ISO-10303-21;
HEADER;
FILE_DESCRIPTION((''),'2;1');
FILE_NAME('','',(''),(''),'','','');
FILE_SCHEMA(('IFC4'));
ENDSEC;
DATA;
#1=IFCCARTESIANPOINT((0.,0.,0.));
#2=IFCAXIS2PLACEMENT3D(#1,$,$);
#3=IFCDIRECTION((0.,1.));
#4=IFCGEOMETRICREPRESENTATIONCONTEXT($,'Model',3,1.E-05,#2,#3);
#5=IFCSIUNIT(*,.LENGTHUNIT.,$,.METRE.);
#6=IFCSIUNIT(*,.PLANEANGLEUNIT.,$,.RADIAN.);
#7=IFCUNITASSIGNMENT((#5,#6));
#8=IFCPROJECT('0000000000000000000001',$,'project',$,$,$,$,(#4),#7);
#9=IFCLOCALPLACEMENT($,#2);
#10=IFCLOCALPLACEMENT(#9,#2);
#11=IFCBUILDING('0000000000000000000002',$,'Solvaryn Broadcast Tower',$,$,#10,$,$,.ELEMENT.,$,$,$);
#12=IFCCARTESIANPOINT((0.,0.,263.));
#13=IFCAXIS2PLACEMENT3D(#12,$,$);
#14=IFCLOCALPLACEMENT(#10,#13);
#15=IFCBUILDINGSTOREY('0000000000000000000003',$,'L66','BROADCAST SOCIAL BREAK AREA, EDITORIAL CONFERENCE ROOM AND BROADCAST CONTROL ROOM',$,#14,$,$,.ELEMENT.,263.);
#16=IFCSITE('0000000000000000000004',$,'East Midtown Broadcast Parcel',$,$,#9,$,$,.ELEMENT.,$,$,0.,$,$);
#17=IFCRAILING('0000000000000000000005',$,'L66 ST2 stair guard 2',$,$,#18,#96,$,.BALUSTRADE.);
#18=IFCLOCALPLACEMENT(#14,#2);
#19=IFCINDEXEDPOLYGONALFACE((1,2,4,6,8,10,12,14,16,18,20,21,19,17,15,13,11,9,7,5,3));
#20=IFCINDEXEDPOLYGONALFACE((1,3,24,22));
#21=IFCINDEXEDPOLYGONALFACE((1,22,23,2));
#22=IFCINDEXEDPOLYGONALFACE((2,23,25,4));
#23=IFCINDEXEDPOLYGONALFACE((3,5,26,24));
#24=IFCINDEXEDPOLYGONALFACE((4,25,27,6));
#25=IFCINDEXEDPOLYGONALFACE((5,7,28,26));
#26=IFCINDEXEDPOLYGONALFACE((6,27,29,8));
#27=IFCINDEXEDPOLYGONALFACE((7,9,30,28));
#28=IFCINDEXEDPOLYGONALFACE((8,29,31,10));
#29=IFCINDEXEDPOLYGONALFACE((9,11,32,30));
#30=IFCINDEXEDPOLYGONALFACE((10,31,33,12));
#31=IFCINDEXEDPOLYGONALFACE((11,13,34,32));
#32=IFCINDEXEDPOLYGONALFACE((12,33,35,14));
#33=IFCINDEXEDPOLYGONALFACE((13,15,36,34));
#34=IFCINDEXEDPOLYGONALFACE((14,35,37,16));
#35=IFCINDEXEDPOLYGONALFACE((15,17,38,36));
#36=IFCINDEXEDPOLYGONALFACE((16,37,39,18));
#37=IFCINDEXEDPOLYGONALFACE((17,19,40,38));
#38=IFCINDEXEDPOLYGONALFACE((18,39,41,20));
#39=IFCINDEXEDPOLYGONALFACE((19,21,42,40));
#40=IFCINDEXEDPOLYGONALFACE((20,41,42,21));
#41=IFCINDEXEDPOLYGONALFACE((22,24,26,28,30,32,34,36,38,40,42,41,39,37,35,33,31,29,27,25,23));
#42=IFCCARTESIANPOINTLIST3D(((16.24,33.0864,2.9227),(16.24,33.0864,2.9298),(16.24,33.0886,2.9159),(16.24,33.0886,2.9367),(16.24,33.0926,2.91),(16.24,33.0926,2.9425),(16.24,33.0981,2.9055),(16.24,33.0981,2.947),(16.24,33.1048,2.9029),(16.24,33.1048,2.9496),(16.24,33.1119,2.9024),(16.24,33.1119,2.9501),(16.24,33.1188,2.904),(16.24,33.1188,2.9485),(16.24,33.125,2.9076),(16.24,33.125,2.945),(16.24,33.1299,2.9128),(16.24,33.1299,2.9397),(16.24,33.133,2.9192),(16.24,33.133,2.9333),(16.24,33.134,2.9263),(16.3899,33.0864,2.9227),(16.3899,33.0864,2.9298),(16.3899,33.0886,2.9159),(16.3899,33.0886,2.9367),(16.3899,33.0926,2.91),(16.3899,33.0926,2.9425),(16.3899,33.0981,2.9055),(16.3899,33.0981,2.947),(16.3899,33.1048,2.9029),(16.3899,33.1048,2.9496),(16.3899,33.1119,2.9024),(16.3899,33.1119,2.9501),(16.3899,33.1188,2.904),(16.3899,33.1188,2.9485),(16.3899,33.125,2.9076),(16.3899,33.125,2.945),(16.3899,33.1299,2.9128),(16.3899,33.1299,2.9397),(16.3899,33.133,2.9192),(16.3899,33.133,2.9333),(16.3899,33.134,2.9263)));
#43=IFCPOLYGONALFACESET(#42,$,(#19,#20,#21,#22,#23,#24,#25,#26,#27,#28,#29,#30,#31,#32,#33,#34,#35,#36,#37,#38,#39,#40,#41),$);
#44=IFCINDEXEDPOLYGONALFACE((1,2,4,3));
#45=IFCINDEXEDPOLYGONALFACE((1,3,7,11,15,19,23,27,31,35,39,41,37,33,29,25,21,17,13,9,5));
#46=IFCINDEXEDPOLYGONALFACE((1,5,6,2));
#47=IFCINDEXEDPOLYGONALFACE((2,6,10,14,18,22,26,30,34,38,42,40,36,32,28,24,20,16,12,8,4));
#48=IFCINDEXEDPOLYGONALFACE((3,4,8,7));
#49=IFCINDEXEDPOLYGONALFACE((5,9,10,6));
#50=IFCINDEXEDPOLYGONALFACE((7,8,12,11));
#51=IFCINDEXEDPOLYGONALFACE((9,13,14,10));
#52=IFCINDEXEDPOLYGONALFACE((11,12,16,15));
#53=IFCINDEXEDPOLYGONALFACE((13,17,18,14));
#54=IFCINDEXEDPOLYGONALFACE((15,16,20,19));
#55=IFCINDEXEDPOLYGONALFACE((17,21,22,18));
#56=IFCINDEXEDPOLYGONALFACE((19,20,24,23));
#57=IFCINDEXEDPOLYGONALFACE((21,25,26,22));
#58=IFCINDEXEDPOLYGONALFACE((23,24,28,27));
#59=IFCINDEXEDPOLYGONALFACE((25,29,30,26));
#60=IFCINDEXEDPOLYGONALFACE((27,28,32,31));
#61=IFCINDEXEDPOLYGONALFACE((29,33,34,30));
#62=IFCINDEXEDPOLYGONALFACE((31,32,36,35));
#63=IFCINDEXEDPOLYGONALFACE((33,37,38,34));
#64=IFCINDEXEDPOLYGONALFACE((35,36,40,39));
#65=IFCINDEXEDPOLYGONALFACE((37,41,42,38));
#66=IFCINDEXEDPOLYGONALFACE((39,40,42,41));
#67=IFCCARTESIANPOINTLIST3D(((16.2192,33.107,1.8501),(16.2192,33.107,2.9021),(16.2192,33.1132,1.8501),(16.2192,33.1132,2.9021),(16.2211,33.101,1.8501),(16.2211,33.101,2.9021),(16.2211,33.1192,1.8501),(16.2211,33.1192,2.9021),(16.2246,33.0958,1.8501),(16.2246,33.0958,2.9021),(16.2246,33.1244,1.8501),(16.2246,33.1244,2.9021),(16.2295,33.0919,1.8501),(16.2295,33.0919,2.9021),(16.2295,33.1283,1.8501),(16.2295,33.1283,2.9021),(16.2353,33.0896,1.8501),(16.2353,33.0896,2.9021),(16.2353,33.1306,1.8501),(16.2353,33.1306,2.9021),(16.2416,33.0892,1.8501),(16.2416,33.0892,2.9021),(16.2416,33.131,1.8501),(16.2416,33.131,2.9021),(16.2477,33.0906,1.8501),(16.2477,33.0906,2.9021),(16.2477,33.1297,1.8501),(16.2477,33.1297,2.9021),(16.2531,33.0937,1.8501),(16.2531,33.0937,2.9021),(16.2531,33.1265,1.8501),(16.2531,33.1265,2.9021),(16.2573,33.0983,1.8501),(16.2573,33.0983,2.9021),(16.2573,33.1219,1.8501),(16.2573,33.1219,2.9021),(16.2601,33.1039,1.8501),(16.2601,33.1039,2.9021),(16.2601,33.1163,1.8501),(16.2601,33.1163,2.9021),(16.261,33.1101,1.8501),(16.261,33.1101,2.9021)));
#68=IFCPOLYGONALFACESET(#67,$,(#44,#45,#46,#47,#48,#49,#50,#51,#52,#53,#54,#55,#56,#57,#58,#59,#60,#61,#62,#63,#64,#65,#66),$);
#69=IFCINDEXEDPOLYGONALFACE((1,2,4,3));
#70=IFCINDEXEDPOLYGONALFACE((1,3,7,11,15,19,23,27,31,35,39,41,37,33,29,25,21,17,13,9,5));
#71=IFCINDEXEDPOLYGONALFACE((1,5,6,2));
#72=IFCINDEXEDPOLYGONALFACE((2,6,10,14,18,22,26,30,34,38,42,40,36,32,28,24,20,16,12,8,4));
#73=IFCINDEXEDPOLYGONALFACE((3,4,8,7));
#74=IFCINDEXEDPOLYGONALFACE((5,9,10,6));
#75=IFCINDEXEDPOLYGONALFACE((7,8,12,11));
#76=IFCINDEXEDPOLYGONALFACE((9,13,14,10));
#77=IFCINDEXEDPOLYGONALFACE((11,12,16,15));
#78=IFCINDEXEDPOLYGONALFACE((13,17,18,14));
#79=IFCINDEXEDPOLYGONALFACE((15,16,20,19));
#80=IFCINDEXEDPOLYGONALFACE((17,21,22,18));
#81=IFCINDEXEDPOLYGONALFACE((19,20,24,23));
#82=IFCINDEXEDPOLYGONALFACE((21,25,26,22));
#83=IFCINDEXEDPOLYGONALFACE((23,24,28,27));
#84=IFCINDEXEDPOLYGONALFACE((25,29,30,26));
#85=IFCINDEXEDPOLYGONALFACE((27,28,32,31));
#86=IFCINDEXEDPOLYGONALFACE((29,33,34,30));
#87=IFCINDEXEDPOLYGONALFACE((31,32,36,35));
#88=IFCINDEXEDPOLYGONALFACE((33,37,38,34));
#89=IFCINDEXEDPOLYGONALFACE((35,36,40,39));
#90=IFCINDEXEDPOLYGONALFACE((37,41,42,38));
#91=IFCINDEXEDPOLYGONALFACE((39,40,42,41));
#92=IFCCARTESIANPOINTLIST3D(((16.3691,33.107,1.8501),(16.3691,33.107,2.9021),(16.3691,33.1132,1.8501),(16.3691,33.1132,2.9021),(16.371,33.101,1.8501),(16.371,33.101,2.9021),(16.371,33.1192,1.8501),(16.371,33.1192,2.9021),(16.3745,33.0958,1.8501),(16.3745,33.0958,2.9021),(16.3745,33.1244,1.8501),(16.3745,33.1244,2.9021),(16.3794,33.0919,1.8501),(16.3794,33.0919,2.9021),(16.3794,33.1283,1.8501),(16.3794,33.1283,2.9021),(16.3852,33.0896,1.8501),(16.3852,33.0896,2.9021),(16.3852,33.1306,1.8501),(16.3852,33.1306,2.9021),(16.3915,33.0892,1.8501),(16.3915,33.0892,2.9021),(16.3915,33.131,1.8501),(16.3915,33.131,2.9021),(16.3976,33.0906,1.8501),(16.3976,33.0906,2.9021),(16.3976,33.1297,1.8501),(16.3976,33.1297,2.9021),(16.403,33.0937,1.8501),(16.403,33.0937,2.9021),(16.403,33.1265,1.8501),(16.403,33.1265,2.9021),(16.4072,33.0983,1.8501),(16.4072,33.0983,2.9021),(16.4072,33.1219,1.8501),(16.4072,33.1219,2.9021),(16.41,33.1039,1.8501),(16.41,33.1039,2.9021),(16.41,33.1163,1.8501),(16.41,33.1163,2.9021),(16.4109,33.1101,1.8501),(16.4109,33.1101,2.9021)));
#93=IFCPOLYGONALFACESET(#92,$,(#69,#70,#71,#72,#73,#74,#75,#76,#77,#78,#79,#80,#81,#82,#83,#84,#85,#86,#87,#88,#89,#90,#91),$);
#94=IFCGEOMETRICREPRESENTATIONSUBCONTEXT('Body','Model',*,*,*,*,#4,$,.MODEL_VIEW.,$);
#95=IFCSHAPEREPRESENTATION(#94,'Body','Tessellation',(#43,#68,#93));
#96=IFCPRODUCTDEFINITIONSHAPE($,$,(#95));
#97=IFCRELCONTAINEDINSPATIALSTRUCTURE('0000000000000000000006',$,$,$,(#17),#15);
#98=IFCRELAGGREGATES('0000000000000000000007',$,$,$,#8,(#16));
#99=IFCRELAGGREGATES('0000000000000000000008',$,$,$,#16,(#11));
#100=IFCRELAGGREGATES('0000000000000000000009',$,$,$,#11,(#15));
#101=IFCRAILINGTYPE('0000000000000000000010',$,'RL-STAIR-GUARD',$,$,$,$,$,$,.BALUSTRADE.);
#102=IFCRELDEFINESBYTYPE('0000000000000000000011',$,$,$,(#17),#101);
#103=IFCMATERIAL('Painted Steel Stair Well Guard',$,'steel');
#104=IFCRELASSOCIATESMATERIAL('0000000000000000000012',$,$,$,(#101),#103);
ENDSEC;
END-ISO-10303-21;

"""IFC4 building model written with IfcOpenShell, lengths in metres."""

from ifc_helpers import new_model, si_unit, direction, frame, origin, origin_2d, place, context, subcontext, project, spatial, circle, extrude, material, type_object, element, save


model = new_model("IFC4")

# Units and contexts
model_context = context("Model", 3, precision=1e-05, world=origin(), true_north=direction((0.0, 1.0)))
body_context = subcontext(model_context, "Body", "Model", "MODEL_VIEW")
ifc_project = project(units=[si_unit("LENGTHUNIT", "METRE"), si_unit("PLANEANGLEUNIT", "RADIAN")], contexts=[model_context])

# Site, building, storey
site_placement = place(None, origin())
site = spatial("IfcSite", under=ifc_project, at=site_placement, Name="East Midtown Broadcast Parcel", CompositionType="ELEMENT", RefElevation=0.0)
building_placement = place(site_placement, origin())
building = spatial("IfcBuilding", under=site, at=building_placement, Name="Solvaryn Broadcast Tower", CompositionType="ELEMENT")
storey_placement = place(building_placement, frame((0.0, 0.0, 263.0)))
storey = spatial("IfcBuildingStorey", under=building, at=storey_placement, Name="L66", Description="BROADCAST SOCIAL BREAK AREA, EDITORIAL CONFERENCE ROOM AND BROADCAST CONTROL ROOM", CompositionType="ELEMENT", Elevation=263.0)

# Railing
ifc_material_1 = material(Name="Painted Steel Stair Well Guard", Category="steel")
railing_type_1 = type_object("IfcRailingType", Name="RL-STAIR-GUARD", PredefinedType="BALUSTRADE", material=ifc_material_1)
railing_1_placement = place(storey_placement, frame((16.24, 33.1101, 1.8501)))
element("IfcRailing", 1, at=railing_1_placement, inside=storey, type_object=railing_type_1, Name="L66 ST2 stair guard 2", PredefinedType="BALUSTRADE", context=body_context, shape_type="SweptSolid", body=[
    extrude(circle(Radius=0.0239, at=origin_2d()), frame((0.0, 0.0, 1.0762), z_axis=(1.0, 0.0, 0.0), x_axis=(0.0, 1.0, 0.0)), (0.0, 0.0, 1.0), 0.1499),
    extrude(circle(Radius=0.021, at=origin_2d()), origin(), (0.0, 0.0, 1.0), 1.052),
    extrude(circle(Radius=0.021, at=origin_2d()), frame((0.1499, 0.0, 0.0)), (0.0, 0.0, 1.0), 1.052),
])

save(model, "model.ifc")
